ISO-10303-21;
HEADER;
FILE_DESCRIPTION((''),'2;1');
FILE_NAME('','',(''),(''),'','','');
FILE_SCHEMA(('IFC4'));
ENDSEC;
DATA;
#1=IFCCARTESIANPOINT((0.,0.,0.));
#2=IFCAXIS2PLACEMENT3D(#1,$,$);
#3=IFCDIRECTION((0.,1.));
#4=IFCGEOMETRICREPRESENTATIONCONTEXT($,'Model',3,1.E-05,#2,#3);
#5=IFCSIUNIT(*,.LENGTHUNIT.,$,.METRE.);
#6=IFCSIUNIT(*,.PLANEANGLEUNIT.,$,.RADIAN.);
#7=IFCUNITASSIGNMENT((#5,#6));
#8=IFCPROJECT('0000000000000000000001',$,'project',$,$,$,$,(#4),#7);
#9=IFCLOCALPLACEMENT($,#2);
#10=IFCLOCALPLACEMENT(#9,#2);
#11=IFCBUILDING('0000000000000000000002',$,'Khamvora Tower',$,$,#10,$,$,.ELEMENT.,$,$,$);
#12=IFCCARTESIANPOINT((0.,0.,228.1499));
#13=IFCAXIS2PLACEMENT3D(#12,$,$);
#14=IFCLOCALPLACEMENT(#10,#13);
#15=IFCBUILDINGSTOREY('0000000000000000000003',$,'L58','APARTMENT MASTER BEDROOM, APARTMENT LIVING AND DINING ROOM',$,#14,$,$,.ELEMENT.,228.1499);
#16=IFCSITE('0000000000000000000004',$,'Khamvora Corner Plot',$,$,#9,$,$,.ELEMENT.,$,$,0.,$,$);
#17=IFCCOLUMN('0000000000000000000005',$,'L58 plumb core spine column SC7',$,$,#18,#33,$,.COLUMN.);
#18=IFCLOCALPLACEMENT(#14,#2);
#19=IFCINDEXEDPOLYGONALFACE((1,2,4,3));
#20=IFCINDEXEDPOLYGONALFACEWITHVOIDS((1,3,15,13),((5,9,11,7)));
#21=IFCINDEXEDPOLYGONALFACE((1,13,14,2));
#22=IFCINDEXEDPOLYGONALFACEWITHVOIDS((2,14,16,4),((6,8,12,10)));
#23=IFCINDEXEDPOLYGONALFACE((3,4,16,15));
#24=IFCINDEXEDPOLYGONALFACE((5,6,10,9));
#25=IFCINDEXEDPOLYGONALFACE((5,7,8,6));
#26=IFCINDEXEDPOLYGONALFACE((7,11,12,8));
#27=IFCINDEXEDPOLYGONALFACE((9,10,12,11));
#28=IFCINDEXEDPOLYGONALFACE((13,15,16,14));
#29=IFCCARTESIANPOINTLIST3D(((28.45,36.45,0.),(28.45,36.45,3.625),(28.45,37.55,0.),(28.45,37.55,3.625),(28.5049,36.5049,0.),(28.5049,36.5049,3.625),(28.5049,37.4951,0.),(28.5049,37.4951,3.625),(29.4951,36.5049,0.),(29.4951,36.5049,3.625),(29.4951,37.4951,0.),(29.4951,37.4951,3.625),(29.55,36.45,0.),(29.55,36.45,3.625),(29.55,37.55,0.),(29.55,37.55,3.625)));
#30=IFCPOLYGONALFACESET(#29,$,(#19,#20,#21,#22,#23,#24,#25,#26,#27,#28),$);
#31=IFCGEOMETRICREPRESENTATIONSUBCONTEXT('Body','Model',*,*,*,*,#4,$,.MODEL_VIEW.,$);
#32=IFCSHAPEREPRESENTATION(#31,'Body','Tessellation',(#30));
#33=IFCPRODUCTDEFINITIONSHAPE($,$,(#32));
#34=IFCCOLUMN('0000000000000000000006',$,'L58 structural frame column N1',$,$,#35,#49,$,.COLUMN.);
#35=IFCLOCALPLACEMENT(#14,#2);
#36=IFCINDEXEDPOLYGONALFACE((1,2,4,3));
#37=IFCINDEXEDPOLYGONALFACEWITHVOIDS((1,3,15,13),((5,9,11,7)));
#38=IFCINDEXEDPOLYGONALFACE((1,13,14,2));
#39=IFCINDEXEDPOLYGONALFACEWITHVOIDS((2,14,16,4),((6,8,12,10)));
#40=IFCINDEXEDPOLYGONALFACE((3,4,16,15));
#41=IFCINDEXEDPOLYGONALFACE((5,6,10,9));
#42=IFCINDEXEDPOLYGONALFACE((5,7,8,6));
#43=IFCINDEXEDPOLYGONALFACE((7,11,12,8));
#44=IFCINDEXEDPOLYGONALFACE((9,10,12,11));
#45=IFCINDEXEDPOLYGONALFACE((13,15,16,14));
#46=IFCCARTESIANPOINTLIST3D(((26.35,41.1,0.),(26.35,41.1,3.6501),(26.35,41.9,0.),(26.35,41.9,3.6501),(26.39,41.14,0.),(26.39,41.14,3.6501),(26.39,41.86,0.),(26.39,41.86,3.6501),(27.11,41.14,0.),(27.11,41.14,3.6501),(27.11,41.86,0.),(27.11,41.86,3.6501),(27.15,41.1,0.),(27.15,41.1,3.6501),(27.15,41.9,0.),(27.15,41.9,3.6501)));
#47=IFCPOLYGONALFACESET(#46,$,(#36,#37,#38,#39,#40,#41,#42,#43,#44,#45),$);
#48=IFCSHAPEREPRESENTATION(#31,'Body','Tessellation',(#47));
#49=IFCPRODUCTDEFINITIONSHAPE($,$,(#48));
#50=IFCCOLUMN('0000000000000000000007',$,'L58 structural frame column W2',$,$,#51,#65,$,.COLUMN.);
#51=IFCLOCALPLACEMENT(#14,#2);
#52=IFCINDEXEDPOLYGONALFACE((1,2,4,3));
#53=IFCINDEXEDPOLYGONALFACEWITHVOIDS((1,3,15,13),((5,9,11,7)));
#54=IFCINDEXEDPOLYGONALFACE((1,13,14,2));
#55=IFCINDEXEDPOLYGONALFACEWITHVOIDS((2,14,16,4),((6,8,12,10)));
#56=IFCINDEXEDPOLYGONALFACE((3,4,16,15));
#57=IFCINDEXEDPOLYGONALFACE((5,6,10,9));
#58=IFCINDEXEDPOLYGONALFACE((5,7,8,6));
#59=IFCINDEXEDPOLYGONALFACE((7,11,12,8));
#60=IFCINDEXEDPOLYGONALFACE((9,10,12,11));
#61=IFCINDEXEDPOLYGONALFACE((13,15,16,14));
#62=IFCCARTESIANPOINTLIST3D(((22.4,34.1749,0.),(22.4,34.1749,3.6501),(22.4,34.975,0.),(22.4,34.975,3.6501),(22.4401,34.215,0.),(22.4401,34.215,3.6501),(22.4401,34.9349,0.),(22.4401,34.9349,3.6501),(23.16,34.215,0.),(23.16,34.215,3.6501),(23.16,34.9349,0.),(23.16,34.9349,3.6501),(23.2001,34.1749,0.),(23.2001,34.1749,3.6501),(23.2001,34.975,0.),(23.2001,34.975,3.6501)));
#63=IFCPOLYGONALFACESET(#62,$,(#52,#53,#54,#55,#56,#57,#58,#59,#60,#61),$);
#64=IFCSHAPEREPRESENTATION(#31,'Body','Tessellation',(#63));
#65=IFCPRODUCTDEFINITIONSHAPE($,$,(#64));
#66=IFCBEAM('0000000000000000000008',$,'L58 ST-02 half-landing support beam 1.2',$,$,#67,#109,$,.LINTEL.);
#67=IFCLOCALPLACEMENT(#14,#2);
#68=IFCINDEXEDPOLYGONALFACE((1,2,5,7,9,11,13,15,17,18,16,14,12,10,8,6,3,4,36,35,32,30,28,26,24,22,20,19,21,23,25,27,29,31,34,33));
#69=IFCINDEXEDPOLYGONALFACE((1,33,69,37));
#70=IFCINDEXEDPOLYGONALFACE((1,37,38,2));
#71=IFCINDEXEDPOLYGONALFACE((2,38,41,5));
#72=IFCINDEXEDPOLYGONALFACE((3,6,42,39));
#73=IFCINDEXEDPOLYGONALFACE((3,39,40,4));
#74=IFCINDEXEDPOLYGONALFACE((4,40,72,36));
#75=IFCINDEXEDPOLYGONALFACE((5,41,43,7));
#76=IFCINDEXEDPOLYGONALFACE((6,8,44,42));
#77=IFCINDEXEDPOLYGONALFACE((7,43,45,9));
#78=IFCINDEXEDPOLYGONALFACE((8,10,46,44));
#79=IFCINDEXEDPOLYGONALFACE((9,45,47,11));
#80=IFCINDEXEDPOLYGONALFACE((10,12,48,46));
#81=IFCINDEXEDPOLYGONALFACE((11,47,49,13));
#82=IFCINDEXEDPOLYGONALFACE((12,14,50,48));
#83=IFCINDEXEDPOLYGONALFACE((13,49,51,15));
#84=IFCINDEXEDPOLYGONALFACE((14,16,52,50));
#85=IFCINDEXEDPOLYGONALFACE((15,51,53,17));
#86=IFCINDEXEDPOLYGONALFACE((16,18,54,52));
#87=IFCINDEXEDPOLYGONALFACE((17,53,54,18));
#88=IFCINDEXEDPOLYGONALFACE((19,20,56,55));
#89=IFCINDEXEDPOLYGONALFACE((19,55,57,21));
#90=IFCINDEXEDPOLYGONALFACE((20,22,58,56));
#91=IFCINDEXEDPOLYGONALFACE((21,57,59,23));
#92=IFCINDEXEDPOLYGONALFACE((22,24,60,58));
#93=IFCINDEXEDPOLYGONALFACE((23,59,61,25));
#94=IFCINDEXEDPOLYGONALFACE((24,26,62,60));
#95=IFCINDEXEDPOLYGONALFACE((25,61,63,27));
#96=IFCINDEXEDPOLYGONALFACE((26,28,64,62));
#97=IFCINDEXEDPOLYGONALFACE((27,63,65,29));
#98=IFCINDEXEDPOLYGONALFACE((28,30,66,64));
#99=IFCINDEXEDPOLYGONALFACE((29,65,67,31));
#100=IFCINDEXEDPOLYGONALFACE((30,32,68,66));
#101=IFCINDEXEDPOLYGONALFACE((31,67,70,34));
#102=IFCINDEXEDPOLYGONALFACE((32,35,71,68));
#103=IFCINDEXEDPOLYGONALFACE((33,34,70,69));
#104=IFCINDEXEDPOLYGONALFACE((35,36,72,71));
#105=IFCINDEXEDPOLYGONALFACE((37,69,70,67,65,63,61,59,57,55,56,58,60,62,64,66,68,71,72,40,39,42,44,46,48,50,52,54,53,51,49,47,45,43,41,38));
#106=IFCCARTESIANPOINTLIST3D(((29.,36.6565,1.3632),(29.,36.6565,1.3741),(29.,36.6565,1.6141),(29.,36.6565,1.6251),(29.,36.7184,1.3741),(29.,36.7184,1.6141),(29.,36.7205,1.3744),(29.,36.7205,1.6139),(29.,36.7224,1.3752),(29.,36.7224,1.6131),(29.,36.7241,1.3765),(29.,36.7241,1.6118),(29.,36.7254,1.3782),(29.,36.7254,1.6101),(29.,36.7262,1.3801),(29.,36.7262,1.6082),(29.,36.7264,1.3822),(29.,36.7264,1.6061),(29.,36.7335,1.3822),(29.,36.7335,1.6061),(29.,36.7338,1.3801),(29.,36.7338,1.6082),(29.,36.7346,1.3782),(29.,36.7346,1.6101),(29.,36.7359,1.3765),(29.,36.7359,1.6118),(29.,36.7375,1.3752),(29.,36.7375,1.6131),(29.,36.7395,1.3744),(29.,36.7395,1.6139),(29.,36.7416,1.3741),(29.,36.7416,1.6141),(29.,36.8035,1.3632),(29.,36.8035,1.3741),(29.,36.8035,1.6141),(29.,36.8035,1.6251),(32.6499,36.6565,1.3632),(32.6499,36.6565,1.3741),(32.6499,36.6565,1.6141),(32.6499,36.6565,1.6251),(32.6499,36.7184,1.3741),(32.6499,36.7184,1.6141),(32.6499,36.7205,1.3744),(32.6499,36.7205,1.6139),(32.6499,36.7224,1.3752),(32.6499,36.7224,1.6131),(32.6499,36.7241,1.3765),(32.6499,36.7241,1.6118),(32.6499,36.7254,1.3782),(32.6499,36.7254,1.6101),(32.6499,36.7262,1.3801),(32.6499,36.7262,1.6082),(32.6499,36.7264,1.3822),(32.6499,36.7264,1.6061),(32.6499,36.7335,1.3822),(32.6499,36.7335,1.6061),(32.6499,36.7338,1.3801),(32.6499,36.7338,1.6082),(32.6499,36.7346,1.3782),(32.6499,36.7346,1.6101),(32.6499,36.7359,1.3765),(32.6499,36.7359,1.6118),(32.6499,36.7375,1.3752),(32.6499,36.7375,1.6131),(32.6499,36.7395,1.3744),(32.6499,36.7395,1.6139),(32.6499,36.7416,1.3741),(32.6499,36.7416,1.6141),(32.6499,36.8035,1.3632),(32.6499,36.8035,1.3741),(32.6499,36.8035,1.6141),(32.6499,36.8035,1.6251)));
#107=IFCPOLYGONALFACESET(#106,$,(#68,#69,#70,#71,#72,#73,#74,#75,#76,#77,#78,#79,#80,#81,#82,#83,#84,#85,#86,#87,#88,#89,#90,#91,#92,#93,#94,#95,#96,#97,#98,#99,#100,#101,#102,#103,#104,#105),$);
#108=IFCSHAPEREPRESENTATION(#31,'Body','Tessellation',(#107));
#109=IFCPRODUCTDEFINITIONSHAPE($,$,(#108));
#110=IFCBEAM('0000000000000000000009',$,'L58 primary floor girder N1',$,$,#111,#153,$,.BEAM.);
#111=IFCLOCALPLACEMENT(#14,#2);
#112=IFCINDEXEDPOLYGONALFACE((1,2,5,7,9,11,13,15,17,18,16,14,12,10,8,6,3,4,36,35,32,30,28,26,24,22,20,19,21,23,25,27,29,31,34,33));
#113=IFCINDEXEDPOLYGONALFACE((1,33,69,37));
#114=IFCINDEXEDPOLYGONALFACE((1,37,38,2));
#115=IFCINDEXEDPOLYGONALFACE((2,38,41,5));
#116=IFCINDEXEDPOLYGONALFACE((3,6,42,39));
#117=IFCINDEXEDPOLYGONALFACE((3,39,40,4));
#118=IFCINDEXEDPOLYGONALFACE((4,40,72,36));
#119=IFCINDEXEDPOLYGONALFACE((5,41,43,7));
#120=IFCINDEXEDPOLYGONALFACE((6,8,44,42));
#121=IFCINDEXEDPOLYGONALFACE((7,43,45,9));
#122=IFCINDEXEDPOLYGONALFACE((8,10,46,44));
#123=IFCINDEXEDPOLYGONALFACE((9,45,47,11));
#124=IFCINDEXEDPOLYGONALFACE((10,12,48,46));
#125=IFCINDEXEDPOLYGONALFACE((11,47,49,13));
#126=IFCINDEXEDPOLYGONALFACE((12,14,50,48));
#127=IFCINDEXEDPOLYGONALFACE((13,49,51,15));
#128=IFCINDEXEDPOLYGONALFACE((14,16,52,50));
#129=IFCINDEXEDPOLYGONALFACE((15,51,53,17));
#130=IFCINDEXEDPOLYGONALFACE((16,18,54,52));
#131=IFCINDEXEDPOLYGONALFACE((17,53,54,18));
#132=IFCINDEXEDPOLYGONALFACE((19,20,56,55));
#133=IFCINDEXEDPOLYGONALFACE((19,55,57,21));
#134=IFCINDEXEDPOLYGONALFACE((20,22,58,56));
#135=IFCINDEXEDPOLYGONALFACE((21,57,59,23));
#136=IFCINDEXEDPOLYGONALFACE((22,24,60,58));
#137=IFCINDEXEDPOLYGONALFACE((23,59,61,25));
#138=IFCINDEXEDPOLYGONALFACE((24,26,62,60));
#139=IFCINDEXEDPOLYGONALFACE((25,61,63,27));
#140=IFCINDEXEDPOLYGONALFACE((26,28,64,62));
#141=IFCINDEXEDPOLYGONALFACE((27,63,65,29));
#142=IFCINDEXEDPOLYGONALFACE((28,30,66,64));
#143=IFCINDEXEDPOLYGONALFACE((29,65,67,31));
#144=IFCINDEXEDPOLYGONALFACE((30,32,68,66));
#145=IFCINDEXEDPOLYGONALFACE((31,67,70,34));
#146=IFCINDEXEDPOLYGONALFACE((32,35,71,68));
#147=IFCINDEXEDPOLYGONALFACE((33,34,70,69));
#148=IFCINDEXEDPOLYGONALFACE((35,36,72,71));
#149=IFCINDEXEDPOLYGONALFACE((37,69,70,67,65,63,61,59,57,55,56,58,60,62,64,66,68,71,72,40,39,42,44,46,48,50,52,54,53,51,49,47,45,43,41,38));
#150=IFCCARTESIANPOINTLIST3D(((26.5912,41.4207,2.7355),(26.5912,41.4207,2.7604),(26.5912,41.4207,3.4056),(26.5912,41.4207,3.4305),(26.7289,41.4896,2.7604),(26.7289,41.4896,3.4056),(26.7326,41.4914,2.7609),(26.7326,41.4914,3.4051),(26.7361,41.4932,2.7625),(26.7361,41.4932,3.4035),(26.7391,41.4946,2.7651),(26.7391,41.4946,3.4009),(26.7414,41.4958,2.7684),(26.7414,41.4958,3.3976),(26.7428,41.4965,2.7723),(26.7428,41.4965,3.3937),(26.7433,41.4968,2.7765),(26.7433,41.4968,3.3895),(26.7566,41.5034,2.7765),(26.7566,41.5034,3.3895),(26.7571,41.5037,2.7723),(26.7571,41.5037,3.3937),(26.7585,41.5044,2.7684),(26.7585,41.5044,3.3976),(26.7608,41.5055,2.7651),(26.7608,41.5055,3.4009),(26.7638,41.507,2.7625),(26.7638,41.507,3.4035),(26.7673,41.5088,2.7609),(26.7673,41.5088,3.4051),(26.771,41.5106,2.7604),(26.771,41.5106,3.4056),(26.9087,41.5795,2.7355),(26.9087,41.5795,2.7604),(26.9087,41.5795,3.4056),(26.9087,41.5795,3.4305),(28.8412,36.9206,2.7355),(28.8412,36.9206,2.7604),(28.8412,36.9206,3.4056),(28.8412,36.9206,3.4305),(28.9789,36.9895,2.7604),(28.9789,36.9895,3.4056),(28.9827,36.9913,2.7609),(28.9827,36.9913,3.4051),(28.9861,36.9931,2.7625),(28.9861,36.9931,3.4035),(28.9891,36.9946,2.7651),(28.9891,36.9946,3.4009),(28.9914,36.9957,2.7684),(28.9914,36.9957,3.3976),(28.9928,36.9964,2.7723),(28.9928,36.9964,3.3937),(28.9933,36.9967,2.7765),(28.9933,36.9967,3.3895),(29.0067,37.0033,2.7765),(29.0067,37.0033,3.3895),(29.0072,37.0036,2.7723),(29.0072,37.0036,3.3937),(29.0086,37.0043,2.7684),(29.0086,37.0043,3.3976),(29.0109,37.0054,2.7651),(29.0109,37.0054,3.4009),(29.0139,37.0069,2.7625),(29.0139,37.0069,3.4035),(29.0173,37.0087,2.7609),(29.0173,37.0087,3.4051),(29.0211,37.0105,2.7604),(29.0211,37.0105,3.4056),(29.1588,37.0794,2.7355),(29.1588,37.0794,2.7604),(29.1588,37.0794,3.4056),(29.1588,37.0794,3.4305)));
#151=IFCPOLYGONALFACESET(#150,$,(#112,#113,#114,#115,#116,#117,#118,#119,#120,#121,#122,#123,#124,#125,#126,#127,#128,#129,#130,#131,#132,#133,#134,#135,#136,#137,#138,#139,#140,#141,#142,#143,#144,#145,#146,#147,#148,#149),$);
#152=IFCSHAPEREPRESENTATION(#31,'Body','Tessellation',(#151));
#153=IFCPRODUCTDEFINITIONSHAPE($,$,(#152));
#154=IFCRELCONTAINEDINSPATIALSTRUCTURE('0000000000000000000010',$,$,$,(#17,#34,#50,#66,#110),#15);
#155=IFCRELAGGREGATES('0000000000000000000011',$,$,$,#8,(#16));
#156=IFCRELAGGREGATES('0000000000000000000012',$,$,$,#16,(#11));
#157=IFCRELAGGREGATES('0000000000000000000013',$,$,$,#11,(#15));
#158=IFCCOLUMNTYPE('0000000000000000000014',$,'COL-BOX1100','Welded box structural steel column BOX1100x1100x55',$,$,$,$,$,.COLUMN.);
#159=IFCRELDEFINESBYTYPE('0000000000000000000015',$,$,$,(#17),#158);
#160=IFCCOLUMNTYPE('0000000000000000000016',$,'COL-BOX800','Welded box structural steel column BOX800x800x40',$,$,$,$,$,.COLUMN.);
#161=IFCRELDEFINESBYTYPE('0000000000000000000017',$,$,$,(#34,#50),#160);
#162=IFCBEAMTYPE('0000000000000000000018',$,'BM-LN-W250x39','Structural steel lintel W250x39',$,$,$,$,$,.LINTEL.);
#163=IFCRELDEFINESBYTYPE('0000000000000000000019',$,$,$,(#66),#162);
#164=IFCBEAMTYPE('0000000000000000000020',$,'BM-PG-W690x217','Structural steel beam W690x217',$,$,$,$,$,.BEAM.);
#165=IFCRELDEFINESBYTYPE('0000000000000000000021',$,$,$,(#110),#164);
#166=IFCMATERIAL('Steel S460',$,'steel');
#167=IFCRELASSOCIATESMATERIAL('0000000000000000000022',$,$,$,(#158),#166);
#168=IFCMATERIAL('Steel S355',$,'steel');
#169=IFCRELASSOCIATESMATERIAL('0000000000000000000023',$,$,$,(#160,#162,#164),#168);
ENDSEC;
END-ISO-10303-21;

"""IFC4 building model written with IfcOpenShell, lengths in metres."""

from ifc_helpers import new_model, si_unit, direction, frame, origin, origin_2d, place, context, subcontext, project, spatial, hollow_rectangle, i_section, extrude, material, material_profile, profile_set, type_object, element, save


model = new_model("IFC4")

# Units and contexts
model_context = context("Model", 3, precision=1e-05, world=origin(), true_north=direction((0.0, 1.0)))
body_context = subcontext(model_context, "Body", "Model", "MODEL_VIEW")
ifc_project = project(units=[si_unit("LENGTHUNIT", "METRE"), si_unit("PLANEANGLEUNIT", "RADIAN")], contexts=[model_context])

# Site, building, storey
site_placement = place(None, origin())
site = spatial("IfcSite", under=ifc_project, at=site_placement, Name="Khamvora Corner Plot", CompositionType="ELEMENT", RefElevation=0.0)
building_placement = place(site_placement, origin())
building = spatial("IfcBuilding", under=site, at=building_placement, Name="Khamvora Tower", CompositionType="ELEMENT")
storey_placement = place(building_placement, frame((0.0, 0.0, 228.1499)))
storey = spatial("IfcBuildingStorey", under=building, at=storey_placement, Name="L58", Description="APARTMENT MASTER BEDROOM, APARTMENT LIVING AND DINING ROOM", CompositionType="ELEMENT", Elevation=228.1499)

# Columns
ifc_material_1 = material(Name="Steel S460", Category="steel")
ifc_material_profile_1 = material_profile(ifc_material_1, hollow_rectangle(XDim=1.1001, YDim=1.1001, WallThickness=0.0549, at=origin_2d()), Name="BOX1100x1100x55")
ifc_profile_set_1 = profile_set([ifc_material_profile_1], Name="Steel S460")
column_type_1 = type_object("IfcColumnType", Name="COL-BOX1100", Description="Welded box structural steel column BOX1100x1100x55", PredefinedType="COLUMN", material=ifc_profile_set_1)
column_placement = place(storey_placement, frame((29.0, 37.0, 0.0), z_axis=(0.0, 0.0, 1.0), x_axis=(1.0, 0.0, 0.0)))
element("IfcColumn", 1, at=column_placement, inside=storey, type_object=column_type_1, Name="L58 plumb core spine column SC7", PredefinedType="COLUMN", context=body_context, shape_type="SweptSolid", body=[
    extrude(hollow_rectangle(XDim=1.1001, YDim=1.1001, WallThickness=0.0549, at=origin_2d()), origin(), (0.0, 0.0, 1.0), 3.625),
])
ifc_material_2 = material(Name="Steel S355", Category="steel")
ifc_material_profile_2 = material_profile(ifc_material_2, hollow_rectangle(XDim=0.8, YDim=0.8, WallThickness=0.04, at=origin_2d()), Name="BOX800x800x40")
ifc_profile_set_2 = profile_set([ifc_material_profile_2], Name="Steel S355")
column_type_2 = type_object("IfcColumnType", Name="COL-BOX800", Description="Welded box structural steel column BOX800x800x40", PredefinedType="COLUMN", material=ifc_profile_set_2)
for number, where, z_axis, x_axis, name in (
    (2, (26.75, 41.5, 0.0), (0.0, 0.0, 1.0), (1.0, 0.0, 0.0), "L58 structural frame column N1"),
    (3, (22.8, 34.575, 0.0), (0.0, 0.0, 1.0), (1.0, 0.0, 0.0), "L58 structural frame column W2"),
):
    element("IfcColumn", number, at=place(storey_placement, frame(where, z_axis=z_axis, x_axis=x_axis)), inside=storey, type_object=column_type_2, Name=name, PredefinedType="COLUMN", context=body_context, shape_type="SweptSolid", body=[
        extrude(hollow_rectangle(XDim=0.8, YDim=0.8, WallThickness=0.04, at=origin_2d()), origin(), (0.0, 0.0, 1.0), 3.6501),
    ])

# Beams
ifc_material_profile_3 = material_profile(ifc_material_2, i_section(OverallWidth=0.147, OverallDepth=0.262, WebThickness=0.0071, FlangeThickness=0.011, FilletRadius=0.0081, at=origin_2d()), Name="W250x39")
ifc_profile_set_3 = profile_set([ifc_material_profile_3], Name="Steel S355")
beam_type_1 = type_object("IfcBeamType", Name="BM-LN-W250x39", Description="Structural steel lintel W250x39", PredefinedType="LINTEL", material=ifc_profile_set_3)
beam_1_placement = place(storey_placement, frame((29.0, 36.73, 1.4941), z_axis=(1.0, 0.0, 0.0), x_axis=(0.0, 1.0, 0.0)))
element("IfcBeam", 4, at=beam_1_placement, inside=storey, type_object=beam_type_1, Name="L58 ST-02 half-landing support beam 1.2", PredefinedType="LINTEL", context=body_context, shape_type="SweptSolid", body=[
    extrude(i_section(OverallWidth=0.147, OverallDepth=0.262, WebThickness=0.0071, FlangeThickness=0.011, FilletRadius=0.0081, at=origin_2d()), origin(), (0.0, 0.0, 1.0), 3.6499),
])
ifc_material_profile_4 = material_profile(ifc_material_2, i_section(OverallWidth=0.355, OverallDepth=0.6951, WebThickness=0.0149, FlangeThickness=0.0249, FilletRadius=0.0161, at=origin_2d()), Name="W690x217")
ifc_profile_set_4 = profile_set([ifc_material_profile_4], Name="Steel S355")
beam_type_2 = type_object("IfcBeamType", Name="BM-PG-W690x217", Description="Structural steel beam W690x217", PredefinedType="BEAM", material=ifc_profile_set_4)
beam_2_placement = place(storey_placement, frame((29.0, 37.0, 3.083), z_axis=(-0.447214, 0.894427, 0.0), x_axis=(-0.894427, -0.447214, 0.0)))
element("IfcBeam", 5, at=beam_2_placement, inside=storey, type_object=beam_type_2, Name="L58 primary floor girder N1", PredefinedType="BEAM", context=body_context, shape_type="SweptSolid", body=[
    extrude(i_section(OverallWidth=0.355, OverallDepth=0.6951, WebThickness=0.0149, FlangeThickness=0.0249, FilletRadius=0.0161, at=origin_2d()), origin(), (0.0, 0.0, 1.0), 5.0312),
])

save(model, "model.ifc")
